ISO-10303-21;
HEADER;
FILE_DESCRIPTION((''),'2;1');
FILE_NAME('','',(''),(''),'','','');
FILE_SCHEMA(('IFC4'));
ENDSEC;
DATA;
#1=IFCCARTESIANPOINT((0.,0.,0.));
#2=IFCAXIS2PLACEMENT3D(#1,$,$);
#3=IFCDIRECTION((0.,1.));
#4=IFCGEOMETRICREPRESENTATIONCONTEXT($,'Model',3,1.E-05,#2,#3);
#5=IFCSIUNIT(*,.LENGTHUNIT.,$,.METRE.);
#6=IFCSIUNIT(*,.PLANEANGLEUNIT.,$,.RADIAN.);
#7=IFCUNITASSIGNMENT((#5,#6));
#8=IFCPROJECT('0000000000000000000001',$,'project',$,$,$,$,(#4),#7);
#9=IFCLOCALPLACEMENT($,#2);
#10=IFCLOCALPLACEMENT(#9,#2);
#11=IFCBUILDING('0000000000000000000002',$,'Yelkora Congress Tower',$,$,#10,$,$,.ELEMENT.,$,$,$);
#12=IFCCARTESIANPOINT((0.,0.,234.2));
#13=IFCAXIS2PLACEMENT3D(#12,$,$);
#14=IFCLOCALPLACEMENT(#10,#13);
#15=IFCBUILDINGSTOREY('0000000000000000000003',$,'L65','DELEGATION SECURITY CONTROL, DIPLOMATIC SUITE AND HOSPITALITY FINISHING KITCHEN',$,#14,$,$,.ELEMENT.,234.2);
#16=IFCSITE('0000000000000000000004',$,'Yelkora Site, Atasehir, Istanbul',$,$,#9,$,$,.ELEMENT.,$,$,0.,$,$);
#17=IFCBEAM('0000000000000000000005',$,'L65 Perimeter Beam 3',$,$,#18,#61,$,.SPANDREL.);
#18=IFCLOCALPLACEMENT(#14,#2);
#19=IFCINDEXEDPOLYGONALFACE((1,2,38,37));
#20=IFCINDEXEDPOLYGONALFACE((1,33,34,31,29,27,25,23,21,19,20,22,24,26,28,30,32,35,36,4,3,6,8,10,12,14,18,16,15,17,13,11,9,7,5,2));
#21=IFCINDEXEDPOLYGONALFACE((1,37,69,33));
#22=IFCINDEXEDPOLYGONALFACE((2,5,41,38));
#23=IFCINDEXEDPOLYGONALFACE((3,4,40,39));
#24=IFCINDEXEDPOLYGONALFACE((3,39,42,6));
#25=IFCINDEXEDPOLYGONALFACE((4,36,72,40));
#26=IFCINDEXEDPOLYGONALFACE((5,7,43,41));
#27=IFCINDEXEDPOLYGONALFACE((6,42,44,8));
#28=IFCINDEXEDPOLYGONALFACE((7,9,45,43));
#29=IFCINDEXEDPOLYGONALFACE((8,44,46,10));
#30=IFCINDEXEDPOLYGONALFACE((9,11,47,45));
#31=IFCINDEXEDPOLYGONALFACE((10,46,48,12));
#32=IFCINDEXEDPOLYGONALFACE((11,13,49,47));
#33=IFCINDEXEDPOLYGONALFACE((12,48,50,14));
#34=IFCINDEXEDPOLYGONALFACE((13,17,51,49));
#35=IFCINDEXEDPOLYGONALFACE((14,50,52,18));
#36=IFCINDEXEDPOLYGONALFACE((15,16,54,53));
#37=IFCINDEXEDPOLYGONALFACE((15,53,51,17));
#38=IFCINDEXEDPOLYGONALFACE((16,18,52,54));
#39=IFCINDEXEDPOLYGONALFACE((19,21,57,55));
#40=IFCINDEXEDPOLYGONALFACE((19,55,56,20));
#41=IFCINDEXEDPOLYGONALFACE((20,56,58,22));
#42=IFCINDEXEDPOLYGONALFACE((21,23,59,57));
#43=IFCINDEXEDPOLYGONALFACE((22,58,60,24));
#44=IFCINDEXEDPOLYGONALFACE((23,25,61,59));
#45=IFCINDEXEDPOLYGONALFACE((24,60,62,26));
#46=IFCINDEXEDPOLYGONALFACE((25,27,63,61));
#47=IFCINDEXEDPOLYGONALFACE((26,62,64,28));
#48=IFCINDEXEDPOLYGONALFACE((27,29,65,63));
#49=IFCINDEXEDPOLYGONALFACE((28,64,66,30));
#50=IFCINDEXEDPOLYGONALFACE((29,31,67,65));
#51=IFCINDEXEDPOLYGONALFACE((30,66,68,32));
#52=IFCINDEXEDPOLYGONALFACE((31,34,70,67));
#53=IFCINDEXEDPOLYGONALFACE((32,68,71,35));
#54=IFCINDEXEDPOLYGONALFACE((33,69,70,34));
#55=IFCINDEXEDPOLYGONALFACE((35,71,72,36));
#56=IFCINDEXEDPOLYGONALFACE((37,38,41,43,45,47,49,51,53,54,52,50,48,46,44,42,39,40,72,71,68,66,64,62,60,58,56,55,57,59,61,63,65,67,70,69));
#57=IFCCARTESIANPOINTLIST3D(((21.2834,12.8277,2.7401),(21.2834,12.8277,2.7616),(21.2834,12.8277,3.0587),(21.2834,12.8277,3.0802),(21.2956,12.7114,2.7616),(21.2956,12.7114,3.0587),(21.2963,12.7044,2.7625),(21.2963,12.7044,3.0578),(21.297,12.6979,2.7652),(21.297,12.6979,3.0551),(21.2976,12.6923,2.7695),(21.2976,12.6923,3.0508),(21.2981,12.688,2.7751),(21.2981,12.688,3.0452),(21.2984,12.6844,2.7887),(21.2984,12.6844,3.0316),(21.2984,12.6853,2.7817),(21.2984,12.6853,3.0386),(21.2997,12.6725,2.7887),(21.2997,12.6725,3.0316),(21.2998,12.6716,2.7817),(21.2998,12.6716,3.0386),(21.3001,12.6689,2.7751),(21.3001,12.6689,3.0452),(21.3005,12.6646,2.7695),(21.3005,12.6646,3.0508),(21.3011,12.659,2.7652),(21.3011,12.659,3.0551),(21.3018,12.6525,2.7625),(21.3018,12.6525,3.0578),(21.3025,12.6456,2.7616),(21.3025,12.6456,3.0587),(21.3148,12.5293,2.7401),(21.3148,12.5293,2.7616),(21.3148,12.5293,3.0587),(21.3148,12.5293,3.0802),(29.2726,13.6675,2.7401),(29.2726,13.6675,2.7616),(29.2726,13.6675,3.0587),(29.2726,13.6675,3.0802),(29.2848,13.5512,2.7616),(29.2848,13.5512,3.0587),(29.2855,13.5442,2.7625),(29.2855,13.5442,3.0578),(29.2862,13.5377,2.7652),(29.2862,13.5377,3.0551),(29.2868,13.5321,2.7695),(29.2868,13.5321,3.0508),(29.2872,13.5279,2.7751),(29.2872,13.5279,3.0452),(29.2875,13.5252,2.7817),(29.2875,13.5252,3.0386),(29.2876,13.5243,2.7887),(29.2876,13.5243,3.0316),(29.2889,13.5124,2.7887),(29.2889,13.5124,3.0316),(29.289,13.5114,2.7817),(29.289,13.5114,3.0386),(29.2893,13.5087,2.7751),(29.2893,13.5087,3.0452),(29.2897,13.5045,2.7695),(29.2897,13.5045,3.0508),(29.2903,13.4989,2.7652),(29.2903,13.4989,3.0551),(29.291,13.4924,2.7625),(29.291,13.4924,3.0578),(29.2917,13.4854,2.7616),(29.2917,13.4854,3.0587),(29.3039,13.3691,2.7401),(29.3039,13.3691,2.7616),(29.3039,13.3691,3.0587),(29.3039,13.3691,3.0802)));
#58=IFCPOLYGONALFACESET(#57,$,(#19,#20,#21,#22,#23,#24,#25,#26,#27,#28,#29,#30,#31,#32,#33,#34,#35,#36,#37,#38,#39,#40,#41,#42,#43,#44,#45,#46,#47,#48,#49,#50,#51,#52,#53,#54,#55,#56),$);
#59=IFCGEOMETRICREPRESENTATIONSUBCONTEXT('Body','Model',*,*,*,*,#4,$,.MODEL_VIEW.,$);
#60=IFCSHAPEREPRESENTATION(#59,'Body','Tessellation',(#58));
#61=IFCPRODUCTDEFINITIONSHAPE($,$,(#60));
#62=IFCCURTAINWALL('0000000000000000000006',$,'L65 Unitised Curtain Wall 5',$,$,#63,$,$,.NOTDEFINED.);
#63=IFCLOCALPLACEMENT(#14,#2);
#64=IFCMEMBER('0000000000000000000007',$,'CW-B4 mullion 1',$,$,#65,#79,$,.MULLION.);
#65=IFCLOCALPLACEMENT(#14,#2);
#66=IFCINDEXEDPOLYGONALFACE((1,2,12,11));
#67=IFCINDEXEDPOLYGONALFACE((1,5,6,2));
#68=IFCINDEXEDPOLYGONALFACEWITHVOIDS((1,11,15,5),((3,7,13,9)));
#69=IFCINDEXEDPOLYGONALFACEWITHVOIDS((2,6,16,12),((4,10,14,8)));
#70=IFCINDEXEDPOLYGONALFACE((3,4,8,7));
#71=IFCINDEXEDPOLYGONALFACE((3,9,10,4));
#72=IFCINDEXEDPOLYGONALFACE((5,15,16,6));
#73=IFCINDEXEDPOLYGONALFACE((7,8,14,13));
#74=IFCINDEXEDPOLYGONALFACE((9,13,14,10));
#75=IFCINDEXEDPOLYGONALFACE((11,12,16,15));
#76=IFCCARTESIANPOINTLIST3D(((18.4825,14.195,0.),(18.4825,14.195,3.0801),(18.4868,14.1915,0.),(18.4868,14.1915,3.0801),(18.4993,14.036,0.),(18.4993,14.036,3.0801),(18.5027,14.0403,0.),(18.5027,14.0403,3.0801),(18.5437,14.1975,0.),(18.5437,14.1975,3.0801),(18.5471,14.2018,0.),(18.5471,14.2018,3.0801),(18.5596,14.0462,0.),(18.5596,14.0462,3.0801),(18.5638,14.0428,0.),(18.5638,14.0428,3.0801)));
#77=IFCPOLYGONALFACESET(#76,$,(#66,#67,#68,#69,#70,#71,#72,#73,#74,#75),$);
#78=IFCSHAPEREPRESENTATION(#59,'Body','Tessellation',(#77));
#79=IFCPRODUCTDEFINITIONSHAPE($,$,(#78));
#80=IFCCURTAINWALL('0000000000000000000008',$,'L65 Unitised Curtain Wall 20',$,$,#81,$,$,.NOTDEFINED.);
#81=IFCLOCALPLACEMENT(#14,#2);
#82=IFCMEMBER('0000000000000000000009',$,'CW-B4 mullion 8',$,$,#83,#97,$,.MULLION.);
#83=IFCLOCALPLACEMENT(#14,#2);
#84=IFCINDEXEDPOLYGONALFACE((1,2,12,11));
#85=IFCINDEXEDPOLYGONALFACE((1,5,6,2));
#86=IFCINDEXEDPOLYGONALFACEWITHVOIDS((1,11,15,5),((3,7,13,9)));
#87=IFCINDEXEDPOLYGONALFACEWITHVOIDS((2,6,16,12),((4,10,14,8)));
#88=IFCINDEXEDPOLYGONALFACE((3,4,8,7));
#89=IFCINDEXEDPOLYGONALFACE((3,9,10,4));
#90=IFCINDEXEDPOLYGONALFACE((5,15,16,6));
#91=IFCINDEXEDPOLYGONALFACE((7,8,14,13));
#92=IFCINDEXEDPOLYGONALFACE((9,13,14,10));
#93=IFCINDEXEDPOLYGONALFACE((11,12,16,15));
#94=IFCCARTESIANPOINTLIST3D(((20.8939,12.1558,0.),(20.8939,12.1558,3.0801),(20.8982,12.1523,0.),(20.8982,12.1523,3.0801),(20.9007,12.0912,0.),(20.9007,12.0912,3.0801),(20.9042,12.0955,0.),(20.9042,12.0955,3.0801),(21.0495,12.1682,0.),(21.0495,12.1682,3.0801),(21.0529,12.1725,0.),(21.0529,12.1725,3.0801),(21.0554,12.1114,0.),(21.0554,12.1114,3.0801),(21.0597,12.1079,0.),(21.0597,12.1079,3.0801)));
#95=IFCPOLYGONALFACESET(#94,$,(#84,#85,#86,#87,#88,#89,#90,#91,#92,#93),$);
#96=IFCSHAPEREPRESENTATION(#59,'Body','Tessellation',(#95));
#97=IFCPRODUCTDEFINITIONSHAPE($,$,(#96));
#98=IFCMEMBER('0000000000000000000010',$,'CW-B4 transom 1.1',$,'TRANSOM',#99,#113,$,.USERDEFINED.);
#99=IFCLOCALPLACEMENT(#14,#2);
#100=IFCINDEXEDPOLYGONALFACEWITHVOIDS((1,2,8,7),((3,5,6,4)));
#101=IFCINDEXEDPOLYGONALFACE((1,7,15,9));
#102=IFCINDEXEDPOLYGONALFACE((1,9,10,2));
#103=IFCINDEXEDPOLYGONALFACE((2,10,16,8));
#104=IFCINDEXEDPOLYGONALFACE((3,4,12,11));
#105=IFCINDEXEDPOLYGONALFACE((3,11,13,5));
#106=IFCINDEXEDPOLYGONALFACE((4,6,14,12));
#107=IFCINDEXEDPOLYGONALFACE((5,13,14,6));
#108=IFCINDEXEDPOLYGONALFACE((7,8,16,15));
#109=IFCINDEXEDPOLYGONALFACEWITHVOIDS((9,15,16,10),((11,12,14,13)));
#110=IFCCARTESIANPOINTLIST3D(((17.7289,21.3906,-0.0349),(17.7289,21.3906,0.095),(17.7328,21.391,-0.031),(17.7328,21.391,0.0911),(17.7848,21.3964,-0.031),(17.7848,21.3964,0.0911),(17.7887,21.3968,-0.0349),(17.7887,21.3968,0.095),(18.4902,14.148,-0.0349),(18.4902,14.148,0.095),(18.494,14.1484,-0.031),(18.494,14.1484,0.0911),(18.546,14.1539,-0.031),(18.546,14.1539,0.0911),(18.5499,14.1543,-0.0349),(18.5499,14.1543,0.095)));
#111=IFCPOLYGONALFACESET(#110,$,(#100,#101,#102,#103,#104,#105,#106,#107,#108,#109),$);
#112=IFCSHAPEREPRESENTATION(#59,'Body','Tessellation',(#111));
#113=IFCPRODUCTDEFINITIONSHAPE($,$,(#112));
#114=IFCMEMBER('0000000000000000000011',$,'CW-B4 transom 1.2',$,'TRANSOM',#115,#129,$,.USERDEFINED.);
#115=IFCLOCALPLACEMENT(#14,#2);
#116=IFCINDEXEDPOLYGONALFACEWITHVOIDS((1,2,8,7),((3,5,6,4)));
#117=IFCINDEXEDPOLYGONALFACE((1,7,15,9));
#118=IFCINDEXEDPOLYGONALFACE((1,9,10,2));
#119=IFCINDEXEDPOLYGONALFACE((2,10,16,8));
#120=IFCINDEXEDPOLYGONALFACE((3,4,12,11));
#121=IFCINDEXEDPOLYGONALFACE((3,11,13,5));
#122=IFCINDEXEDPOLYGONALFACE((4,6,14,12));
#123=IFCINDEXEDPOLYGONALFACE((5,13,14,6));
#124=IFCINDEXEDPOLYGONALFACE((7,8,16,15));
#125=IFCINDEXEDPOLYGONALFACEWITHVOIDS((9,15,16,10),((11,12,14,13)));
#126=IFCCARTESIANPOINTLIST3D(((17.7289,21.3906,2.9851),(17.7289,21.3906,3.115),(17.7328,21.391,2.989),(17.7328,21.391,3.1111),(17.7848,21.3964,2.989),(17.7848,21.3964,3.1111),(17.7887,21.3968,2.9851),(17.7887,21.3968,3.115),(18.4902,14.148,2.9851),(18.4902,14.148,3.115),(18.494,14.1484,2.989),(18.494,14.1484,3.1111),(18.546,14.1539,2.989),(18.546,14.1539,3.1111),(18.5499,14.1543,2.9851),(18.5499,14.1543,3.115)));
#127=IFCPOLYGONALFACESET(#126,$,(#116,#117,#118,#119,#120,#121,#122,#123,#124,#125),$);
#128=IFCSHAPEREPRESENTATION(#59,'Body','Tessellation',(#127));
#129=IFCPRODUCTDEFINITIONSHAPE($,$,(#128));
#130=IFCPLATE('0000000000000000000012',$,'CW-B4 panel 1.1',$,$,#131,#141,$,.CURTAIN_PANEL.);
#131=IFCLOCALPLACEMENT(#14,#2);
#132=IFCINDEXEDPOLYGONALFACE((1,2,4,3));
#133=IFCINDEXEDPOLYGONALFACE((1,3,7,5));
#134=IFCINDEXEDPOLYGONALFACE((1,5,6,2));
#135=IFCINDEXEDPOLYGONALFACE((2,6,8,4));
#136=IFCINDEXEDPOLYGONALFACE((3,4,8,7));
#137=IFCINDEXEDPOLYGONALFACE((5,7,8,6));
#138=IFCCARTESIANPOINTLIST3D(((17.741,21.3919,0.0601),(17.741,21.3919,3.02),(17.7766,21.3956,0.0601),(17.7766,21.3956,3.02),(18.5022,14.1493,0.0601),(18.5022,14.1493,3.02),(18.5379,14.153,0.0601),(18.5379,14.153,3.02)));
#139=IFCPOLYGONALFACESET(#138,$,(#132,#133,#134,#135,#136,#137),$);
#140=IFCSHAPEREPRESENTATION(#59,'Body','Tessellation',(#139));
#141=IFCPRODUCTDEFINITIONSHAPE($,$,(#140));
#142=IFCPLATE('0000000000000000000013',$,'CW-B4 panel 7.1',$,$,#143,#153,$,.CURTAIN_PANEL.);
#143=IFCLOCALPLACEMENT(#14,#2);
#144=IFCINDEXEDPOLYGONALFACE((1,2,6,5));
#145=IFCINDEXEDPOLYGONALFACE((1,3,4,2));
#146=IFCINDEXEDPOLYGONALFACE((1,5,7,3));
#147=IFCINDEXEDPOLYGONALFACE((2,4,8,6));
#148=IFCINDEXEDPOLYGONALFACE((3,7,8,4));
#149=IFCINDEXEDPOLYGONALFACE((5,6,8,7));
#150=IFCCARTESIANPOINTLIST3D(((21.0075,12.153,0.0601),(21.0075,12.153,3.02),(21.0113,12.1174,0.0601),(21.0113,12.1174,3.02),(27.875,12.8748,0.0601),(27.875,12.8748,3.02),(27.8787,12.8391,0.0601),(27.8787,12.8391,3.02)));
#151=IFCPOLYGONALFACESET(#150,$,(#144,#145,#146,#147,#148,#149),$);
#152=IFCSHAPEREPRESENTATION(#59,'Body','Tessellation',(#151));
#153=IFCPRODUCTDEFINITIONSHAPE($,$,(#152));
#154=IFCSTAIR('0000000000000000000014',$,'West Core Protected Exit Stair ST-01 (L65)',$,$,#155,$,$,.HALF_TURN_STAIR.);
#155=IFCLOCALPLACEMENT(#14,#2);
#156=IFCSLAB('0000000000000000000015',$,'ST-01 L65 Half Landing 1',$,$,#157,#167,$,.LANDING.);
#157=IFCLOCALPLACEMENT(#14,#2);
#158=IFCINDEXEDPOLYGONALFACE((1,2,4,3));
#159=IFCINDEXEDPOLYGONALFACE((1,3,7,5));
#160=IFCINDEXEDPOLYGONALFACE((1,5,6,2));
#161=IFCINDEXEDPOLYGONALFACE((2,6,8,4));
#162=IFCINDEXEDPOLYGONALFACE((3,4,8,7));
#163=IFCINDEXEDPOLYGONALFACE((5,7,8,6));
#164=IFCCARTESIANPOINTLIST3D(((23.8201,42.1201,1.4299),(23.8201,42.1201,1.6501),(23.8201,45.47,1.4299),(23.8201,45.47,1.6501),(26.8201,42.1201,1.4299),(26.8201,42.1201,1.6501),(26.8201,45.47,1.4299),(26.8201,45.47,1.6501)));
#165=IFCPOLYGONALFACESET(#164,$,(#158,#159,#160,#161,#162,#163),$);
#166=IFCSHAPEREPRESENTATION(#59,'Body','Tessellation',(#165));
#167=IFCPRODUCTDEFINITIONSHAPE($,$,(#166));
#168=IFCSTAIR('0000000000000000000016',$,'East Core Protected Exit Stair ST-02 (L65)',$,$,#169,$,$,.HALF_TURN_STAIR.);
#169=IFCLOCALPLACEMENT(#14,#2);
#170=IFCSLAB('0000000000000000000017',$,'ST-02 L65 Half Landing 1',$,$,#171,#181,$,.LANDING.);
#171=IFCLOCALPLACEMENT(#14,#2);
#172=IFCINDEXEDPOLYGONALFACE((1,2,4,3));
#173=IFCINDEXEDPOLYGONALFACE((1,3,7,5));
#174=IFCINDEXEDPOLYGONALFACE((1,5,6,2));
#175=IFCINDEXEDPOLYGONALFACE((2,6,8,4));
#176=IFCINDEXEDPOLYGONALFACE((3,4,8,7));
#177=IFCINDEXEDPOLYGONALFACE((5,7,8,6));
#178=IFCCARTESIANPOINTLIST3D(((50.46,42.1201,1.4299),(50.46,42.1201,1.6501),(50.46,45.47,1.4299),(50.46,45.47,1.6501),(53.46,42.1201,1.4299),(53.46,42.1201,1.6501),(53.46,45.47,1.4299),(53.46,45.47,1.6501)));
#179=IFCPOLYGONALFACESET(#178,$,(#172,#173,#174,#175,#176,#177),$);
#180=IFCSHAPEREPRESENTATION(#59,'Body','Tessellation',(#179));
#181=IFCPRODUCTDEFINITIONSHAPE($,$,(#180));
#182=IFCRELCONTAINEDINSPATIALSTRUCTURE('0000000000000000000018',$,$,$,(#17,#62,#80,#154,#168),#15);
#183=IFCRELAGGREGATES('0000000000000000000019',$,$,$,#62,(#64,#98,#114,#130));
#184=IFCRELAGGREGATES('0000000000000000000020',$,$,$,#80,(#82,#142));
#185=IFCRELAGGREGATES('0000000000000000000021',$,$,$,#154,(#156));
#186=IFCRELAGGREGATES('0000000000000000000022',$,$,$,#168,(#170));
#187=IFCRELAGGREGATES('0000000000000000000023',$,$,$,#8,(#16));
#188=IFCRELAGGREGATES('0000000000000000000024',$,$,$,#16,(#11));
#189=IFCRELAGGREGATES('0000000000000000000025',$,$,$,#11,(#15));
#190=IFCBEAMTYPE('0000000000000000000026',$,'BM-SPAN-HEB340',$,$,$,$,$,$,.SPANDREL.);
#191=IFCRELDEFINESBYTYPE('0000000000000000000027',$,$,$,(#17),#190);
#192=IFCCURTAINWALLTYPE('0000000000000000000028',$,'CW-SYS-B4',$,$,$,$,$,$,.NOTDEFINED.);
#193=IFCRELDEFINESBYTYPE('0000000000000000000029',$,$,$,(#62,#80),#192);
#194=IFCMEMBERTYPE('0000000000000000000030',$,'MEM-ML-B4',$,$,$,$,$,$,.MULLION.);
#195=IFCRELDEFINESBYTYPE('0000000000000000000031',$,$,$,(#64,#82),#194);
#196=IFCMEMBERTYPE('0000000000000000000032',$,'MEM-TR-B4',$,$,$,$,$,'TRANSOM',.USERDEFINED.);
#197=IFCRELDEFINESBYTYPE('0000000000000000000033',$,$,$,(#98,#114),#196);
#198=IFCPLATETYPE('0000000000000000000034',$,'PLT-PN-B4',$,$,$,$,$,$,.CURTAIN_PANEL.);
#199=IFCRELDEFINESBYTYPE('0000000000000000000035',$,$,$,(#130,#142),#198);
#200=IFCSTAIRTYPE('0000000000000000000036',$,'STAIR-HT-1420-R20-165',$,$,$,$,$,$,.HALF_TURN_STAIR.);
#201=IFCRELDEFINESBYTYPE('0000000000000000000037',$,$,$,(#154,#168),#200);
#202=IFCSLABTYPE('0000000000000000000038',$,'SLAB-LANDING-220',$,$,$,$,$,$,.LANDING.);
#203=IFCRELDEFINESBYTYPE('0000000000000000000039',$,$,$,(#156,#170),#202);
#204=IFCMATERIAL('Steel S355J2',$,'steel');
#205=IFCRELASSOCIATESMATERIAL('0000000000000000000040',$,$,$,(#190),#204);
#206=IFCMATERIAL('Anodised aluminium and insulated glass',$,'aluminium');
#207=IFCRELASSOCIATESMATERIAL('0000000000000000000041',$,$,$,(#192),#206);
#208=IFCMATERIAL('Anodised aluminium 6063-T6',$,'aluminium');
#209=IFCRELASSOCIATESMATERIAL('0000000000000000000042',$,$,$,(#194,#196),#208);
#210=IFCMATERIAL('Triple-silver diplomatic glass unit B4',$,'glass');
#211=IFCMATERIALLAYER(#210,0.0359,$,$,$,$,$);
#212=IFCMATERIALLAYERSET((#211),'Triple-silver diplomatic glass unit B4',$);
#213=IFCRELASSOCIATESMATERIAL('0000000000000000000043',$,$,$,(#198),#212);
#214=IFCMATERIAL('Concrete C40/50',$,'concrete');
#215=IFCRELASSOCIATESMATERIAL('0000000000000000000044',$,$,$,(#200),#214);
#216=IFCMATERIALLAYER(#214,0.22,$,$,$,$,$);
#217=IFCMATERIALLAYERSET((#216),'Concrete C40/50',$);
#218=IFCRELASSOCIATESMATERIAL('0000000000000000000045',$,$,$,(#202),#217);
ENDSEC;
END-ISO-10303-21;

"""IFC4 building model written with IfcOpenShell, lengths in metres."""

from ifc_helpers import new_model, si_unit, direction, frame, origin, origin_2d, place, context, subcontext, project, spatial, polyline, rectangle, hollow_rectangle, i_section, outline, extrude, material, layer, layer_set, material_profile, profile_set, type_object, element, aggregate, save


model = new_model("IFC4")

# Units and contexts
model_context = context("Model", 3, precision=1e-05, world=origin(), true_north=direction((0.0, 1.0)))
body_context = subcontext(model_context, "Body", "Model", "MODEL_VIEW")
ifc_project = project(units=[si_unit("LENGTHUNIT", "METRE"), si_unit("PLANEANGLEUNIT", "RADIAN")], contexts=[model_context])

# Site, building, storey
site_placement = place(None, origin())
site = spatial("IfcSite", under=ifc_project, at=site_placement, Name="Yelkora Site, Atasehir, Istanbul", CompositionType="ELEMENT", RefElevation=0.0)
building_placement = place(site_placement, origin())
building = spatial("IfcBuilding", under=site, at=building_placement, Name="Yelkora Congress Tower", CompositionType="ELEMENT")
storey_placement = place(building_placement, frame((0.0, 0.0, 234.2)))
storey = spatial("IfcBuildingStorey", under=building, at=storey_placement, Name="L65", Description="DELEGATION SECURITY CONTROL, DIPLOMATIC SUITE AND HOSPITALITY FINISHING KITCHEN", CompositionType="ELEMENT", Elevation=234.2)

# Shared definitions
ifc_material_1 = material(Name="Steel S355J2", Category="steel")

# Beam
ifc_material_profile_1 = material_profile(ifc_material_1, i_section(OverallWidth=0.3, OverallDepth=0.3401, WebThickness=0.012, FlangeThickness=0.0215, FilletRadius=0.0271, at=origin_2d()), Name="HEB 340")
ifc_profile_set_1 = profile_set([ifc_material_profile_1], Name="Steel S355J2")
beam_type_1 = type_object("IfcBeamType", Name="BM-SPAN-HEB340", PredefinedType="SPANDREL", material=ifc_profile_set_1)
beam_1_placement = place(storey_placement, frame((21.2991, 12.6785, 2.9102), z_axis=(0.99452, 0.104546, 0.0), x_axis=(-0.104546, 0.99452, 0.0)))
element("IfcBeam", 1, at=beam_1_placement, inside=storey, type_object=beam_type_1, Name="L65 Perimeter Beam 3", PredefinedType="SPANDREL", context=body_context, shape_type="SweptSolid", body=[
    extrude(i_section(OverallWidth=0.3, OverallDepth=0.3401, WebThickness=0.012, FlangeThickness=0.0215, FilletRadius=0.0271, at=origin_2d()), origin(), (0.0, 0.0, 1.0), 8.0332),
])

# Curtain walls, members
ifc_material_2 = material(Name="Anodised aluminium and insulated glass", Category="aluminium")
curtain_wall_type = type_object("IfcCurtainWallType", Name="CW-SYS-B4", PredefinedType="NOTDEFINED", material=ifc_material_2)
curtain_wall_1_placement = place(storey_placement, origin())
curtain_wall_1 = element("IfcCurtainWall", 2, at=curtain_wall_1_placement, inside=storey, type_object=curtain_wall_type, Name="L65 Unitised Curtain Wall 5", PredefinedType="NOTDEFINED")
ifc_material_3 = material(Name="Anodised aluminium 6063-T6", Category="aluminium")
ifc_material_profile_2 = material_profile(ifc_material_3, hollow_rectangle(XDim=0.0649, YDim=0.1599, WallThickness=0.0039, at=origin_2d()), Name="ALU 65x160x4")
ifc_profile_set_2 = profile_set([ifc_material_profile_2], Name="Anodised aluminium 6063-T6")
member_type_1 = type_object("IfcMemberType", Name="MEM-ML-B4", PredefinedType="MULLION", material=ifc_profile_set_2)
member_1_placement = place(storey_placement, frame((18.5232, 14.1189, 0.0), z_axis=(0.0, 0.0, 1.0), x_axis=(-0.994522, -0.104526, 0.0)))
member_1 = element("IfcMember", 3, at=member_1_placement, type_object=member_type_1, Name="CW-B4 mullion 1", PredefinedType="MULLION", context=body_context, shape_type="SweptSolid", body=[
    extrude(hollow_rectangle(XDim=0.0649, YDim=0.1599, WallThickness=0.0039, at=origin_2d()), origin(), (0.0, 0.0, 1.0), 3.0801),
])
curtain_wall_2_placement = place(storey_placement, origin())
curtain_wall_2 = element("IfcCurtainWall", 4, at=curtain_wall_2_placement, inside=storey, type_object=curtain_wall_type, Name="L65 Unitised Curtain Wall 20", PredefinedType="NOTDEFINED")
member_2_placement = place(storey_placement, frame((20.9768, 12.1318, 0.0), z_axis=(0.0, 0.0, 1.0), x_axis=(0.104527, -0.994522, 0.0)))
member_2 = element("IfcMember", 5, at=member_2_placement, type_object=member_type_1, Name="CW-B4 mullion 8", PredefinedType="MULLION", context=body_context, shape_type="SweptSolid", body=[
    extrude(hollow_rectangle(XDim=0.0649, YDim=0.1599, WallThickness=0.0039, at=origin_2d()), origin(), (0.0, 0.0, 1.0), 3.0801),
])

# Members
ifc_material_profile_3 = material_profile(ifc_material_3, hollow_rectangle(XDim=0.0601, YDim=0.1299, WallThickness=0.0039, at=origin_2d()), Name="ALU 60x130x4")
ifc_profile_set_3 = profile_set([ifc_material_profile_3], Name="Anodised aluminium 6063-T6")
member_type_2 = type_object("IfcMemberType", Name="MEM-TR-B4", ElementType="TRANSOM", PredefinedType="USERDEFINED", material=ifc_profile_set_3)
member_3_placement = place(storey_placement, frame((18.52, 14.1511, 0.03), z_axis=(-0.104528, 0.994522, 0.0), x_axis=(-0.994522, -0.104528, 0.0)))
member_3 = element("IfcMember", 6, at=member_3_placement, type_object=member_type_2, Name="CW-B4 transom 1.1", ObjectType="TRANSOM", PredefinedType="USERDEFINED", context=body_context, shape_type="SweptSolid", body=[
    extrude(hollow_rectangle(XDim=0.0601, YDim=0.1299, WallThickness=0.0039, at=origin_2d()), origin(), (0.0, 0.0, 1.0), 7.2825),
])
member_4_placement = place(storey_placement, frame((18.52, 14.1511, 3.05), z_axis=(-0.104528, 0.994522, 0.0), x_axis=(-0.994522, -0.104528, 0.0)))
member_4 = element("IfcMember", 7, at=member_4_placement, type_object=member_type_2, Name="CW-B4 transom 1.2", ObjectType="TRANSOM", PredefinedType="USERDEFINED", context=body_context, shape_type="SweptSolid", body=[
    extrude(hollow_rectangle(XDim=0.0601, YDim=0.1299, WallThickness=0.0039, at=origin_2d()), origin(), (0.0, 0.0, 1.0), 7.2825),
])

# Plates
ifc_material_4 = material(Name="Triple-silver diplomatic glass unit B4", Category="glass")
ifc_layer_1 = layer(ifc_material_4, 0.0359)
ifc_layer_set_1 = layer_set([ifc_layer_1], Name="Triple-silver diplomatic glass unit B4")
plate_type = type_object("IfcPlateType", Name="PLT-PN-B4", PredefinedType="CURTAIN_PANEL", material=ifc_layer_set_1)
plate_1_placement = place(storey_placement, frame((18.1394, 17.7725, 0.0601), z_axis=(0.0, 0.0, 1.0), x_axis=(-0.104526, 0.994522, 0.0)))
plate_1 = element("IfcPlate", 8, at=plate_1_placement, type_object=plate_type, Name="CW-B4 panel 1.1", PredefinedType="CURTAIN_PANEL", context=body_context, shape_type="SweptSolid", body=[
    extrude(rectangle(XDim=7.2825, YDim=0.0359, at=origin_2d()), origin(), (0.0, 0.0, 1.0), 2.96),
])
aggregate(curtain_wall_1, [member_1, member_3, member_4, plate_1])
plate_2_placement = place(storey_placement, frame((24.4431, 12.4961, 0.0601), z_axis=(0.0, 0.0, 1.0), x_axis=(-0.994522, -0.104527, 0.0)))
plate_2 = element("IfcPlate", 9, at=plate_2_placement, type_object=plate_type, Name="CW-B4 panel 7.1", PredefinedType="CURTAIN_PANEL", context=body_context, shape_type="SweptSolid", body=[
    extrude(rectangle(XDim=6.9053, YDim=0.0359, at=origin_2d()), origin(), (0.0, 0.0, 1.0), 2.96),
])
aggregate(curtain_wall_2, [member_2, plate_2])

# Stairs, slabs
ifc_material_5 = material(Name="Concrete C40/50", Category="concrete")
stair_type = type_object("IfcStairType", Name="STAIR-HT-1420-R20-165", PredefinedType="HALF_TURN_STAIR", material=ifc_material_5)
stair_1_placement = place(storey_placement, origin())
stair_1 = element("IfcStair", 10, at=stair_1_placement, inside=storey, type_object=stair_type, Name="West Core Protected Exit Stair ST-01 (L65)", PredefinedType="HALF_TURN_STAIR")
ifc_layer_2 = layer(ifc_material_5, 0.22)
ifc_layer_set_2 = layer_set([ifc_layer_2], Name="Concrete C40/50")
slab_type_1 = type_object("IfcSlabType", Name="SLAB-LANDING-220", PredefinedType="LANDING", material=ifc_layer_set_2)
slab_1_placement = place(storey_placement, frame((0.0, 0.0, 1.4299)))
slab_1 = element("IfcSlab", 11, at=slab_1_placement, type_object=slab_type_1, Name="ST-01 L65 Half Landing 1", PredefinedType="LANDING", context=body_context, shape_type="SweptSolid", body=[
    extrude(outline(polyline([(26.8201, 42.1201), (26.8201, 45.47), (23.8201, 45.47), (23.8201, 42.1201), (26.8201, 42.1201)])), origin(), (0.0, 0.0, 1.0), 0.2202),
])
aggregate(stair_1, [slab_1])
stair_2_placement = place(storey_placement, origin())
stair_2 = element("IfcStair", 12, at=stair_2_placement, inside=storey, type_object=stair_type, Name="East Core Protected Exit Stair ST-02 (L65)", PredefinedType="HALF_TURN_STAIR")
slab_2_placement = place(storey_placement, frame((0.0, 0.0, 1.4299)))
slab_2 = element("IfcSlab", 13, at=slab_2_placement, type_object=slab_type_1, Name="ST-02 L65 Half Landing 1", PredefinedType="LANDING", context=body_context, shape_type="SweptSolid", body=[
    extrude(outline(polyline([(53.46, 42.1201), (53.46, 45.47), (50.46, 45.47), (50.46, 42.1201), (53.46, 42.1201)])), origin(), (0.0, 0.0, 1.0), 0.2202),
])
aggregate(stair_2, [slab_2])

save(model, "model.ifc")
